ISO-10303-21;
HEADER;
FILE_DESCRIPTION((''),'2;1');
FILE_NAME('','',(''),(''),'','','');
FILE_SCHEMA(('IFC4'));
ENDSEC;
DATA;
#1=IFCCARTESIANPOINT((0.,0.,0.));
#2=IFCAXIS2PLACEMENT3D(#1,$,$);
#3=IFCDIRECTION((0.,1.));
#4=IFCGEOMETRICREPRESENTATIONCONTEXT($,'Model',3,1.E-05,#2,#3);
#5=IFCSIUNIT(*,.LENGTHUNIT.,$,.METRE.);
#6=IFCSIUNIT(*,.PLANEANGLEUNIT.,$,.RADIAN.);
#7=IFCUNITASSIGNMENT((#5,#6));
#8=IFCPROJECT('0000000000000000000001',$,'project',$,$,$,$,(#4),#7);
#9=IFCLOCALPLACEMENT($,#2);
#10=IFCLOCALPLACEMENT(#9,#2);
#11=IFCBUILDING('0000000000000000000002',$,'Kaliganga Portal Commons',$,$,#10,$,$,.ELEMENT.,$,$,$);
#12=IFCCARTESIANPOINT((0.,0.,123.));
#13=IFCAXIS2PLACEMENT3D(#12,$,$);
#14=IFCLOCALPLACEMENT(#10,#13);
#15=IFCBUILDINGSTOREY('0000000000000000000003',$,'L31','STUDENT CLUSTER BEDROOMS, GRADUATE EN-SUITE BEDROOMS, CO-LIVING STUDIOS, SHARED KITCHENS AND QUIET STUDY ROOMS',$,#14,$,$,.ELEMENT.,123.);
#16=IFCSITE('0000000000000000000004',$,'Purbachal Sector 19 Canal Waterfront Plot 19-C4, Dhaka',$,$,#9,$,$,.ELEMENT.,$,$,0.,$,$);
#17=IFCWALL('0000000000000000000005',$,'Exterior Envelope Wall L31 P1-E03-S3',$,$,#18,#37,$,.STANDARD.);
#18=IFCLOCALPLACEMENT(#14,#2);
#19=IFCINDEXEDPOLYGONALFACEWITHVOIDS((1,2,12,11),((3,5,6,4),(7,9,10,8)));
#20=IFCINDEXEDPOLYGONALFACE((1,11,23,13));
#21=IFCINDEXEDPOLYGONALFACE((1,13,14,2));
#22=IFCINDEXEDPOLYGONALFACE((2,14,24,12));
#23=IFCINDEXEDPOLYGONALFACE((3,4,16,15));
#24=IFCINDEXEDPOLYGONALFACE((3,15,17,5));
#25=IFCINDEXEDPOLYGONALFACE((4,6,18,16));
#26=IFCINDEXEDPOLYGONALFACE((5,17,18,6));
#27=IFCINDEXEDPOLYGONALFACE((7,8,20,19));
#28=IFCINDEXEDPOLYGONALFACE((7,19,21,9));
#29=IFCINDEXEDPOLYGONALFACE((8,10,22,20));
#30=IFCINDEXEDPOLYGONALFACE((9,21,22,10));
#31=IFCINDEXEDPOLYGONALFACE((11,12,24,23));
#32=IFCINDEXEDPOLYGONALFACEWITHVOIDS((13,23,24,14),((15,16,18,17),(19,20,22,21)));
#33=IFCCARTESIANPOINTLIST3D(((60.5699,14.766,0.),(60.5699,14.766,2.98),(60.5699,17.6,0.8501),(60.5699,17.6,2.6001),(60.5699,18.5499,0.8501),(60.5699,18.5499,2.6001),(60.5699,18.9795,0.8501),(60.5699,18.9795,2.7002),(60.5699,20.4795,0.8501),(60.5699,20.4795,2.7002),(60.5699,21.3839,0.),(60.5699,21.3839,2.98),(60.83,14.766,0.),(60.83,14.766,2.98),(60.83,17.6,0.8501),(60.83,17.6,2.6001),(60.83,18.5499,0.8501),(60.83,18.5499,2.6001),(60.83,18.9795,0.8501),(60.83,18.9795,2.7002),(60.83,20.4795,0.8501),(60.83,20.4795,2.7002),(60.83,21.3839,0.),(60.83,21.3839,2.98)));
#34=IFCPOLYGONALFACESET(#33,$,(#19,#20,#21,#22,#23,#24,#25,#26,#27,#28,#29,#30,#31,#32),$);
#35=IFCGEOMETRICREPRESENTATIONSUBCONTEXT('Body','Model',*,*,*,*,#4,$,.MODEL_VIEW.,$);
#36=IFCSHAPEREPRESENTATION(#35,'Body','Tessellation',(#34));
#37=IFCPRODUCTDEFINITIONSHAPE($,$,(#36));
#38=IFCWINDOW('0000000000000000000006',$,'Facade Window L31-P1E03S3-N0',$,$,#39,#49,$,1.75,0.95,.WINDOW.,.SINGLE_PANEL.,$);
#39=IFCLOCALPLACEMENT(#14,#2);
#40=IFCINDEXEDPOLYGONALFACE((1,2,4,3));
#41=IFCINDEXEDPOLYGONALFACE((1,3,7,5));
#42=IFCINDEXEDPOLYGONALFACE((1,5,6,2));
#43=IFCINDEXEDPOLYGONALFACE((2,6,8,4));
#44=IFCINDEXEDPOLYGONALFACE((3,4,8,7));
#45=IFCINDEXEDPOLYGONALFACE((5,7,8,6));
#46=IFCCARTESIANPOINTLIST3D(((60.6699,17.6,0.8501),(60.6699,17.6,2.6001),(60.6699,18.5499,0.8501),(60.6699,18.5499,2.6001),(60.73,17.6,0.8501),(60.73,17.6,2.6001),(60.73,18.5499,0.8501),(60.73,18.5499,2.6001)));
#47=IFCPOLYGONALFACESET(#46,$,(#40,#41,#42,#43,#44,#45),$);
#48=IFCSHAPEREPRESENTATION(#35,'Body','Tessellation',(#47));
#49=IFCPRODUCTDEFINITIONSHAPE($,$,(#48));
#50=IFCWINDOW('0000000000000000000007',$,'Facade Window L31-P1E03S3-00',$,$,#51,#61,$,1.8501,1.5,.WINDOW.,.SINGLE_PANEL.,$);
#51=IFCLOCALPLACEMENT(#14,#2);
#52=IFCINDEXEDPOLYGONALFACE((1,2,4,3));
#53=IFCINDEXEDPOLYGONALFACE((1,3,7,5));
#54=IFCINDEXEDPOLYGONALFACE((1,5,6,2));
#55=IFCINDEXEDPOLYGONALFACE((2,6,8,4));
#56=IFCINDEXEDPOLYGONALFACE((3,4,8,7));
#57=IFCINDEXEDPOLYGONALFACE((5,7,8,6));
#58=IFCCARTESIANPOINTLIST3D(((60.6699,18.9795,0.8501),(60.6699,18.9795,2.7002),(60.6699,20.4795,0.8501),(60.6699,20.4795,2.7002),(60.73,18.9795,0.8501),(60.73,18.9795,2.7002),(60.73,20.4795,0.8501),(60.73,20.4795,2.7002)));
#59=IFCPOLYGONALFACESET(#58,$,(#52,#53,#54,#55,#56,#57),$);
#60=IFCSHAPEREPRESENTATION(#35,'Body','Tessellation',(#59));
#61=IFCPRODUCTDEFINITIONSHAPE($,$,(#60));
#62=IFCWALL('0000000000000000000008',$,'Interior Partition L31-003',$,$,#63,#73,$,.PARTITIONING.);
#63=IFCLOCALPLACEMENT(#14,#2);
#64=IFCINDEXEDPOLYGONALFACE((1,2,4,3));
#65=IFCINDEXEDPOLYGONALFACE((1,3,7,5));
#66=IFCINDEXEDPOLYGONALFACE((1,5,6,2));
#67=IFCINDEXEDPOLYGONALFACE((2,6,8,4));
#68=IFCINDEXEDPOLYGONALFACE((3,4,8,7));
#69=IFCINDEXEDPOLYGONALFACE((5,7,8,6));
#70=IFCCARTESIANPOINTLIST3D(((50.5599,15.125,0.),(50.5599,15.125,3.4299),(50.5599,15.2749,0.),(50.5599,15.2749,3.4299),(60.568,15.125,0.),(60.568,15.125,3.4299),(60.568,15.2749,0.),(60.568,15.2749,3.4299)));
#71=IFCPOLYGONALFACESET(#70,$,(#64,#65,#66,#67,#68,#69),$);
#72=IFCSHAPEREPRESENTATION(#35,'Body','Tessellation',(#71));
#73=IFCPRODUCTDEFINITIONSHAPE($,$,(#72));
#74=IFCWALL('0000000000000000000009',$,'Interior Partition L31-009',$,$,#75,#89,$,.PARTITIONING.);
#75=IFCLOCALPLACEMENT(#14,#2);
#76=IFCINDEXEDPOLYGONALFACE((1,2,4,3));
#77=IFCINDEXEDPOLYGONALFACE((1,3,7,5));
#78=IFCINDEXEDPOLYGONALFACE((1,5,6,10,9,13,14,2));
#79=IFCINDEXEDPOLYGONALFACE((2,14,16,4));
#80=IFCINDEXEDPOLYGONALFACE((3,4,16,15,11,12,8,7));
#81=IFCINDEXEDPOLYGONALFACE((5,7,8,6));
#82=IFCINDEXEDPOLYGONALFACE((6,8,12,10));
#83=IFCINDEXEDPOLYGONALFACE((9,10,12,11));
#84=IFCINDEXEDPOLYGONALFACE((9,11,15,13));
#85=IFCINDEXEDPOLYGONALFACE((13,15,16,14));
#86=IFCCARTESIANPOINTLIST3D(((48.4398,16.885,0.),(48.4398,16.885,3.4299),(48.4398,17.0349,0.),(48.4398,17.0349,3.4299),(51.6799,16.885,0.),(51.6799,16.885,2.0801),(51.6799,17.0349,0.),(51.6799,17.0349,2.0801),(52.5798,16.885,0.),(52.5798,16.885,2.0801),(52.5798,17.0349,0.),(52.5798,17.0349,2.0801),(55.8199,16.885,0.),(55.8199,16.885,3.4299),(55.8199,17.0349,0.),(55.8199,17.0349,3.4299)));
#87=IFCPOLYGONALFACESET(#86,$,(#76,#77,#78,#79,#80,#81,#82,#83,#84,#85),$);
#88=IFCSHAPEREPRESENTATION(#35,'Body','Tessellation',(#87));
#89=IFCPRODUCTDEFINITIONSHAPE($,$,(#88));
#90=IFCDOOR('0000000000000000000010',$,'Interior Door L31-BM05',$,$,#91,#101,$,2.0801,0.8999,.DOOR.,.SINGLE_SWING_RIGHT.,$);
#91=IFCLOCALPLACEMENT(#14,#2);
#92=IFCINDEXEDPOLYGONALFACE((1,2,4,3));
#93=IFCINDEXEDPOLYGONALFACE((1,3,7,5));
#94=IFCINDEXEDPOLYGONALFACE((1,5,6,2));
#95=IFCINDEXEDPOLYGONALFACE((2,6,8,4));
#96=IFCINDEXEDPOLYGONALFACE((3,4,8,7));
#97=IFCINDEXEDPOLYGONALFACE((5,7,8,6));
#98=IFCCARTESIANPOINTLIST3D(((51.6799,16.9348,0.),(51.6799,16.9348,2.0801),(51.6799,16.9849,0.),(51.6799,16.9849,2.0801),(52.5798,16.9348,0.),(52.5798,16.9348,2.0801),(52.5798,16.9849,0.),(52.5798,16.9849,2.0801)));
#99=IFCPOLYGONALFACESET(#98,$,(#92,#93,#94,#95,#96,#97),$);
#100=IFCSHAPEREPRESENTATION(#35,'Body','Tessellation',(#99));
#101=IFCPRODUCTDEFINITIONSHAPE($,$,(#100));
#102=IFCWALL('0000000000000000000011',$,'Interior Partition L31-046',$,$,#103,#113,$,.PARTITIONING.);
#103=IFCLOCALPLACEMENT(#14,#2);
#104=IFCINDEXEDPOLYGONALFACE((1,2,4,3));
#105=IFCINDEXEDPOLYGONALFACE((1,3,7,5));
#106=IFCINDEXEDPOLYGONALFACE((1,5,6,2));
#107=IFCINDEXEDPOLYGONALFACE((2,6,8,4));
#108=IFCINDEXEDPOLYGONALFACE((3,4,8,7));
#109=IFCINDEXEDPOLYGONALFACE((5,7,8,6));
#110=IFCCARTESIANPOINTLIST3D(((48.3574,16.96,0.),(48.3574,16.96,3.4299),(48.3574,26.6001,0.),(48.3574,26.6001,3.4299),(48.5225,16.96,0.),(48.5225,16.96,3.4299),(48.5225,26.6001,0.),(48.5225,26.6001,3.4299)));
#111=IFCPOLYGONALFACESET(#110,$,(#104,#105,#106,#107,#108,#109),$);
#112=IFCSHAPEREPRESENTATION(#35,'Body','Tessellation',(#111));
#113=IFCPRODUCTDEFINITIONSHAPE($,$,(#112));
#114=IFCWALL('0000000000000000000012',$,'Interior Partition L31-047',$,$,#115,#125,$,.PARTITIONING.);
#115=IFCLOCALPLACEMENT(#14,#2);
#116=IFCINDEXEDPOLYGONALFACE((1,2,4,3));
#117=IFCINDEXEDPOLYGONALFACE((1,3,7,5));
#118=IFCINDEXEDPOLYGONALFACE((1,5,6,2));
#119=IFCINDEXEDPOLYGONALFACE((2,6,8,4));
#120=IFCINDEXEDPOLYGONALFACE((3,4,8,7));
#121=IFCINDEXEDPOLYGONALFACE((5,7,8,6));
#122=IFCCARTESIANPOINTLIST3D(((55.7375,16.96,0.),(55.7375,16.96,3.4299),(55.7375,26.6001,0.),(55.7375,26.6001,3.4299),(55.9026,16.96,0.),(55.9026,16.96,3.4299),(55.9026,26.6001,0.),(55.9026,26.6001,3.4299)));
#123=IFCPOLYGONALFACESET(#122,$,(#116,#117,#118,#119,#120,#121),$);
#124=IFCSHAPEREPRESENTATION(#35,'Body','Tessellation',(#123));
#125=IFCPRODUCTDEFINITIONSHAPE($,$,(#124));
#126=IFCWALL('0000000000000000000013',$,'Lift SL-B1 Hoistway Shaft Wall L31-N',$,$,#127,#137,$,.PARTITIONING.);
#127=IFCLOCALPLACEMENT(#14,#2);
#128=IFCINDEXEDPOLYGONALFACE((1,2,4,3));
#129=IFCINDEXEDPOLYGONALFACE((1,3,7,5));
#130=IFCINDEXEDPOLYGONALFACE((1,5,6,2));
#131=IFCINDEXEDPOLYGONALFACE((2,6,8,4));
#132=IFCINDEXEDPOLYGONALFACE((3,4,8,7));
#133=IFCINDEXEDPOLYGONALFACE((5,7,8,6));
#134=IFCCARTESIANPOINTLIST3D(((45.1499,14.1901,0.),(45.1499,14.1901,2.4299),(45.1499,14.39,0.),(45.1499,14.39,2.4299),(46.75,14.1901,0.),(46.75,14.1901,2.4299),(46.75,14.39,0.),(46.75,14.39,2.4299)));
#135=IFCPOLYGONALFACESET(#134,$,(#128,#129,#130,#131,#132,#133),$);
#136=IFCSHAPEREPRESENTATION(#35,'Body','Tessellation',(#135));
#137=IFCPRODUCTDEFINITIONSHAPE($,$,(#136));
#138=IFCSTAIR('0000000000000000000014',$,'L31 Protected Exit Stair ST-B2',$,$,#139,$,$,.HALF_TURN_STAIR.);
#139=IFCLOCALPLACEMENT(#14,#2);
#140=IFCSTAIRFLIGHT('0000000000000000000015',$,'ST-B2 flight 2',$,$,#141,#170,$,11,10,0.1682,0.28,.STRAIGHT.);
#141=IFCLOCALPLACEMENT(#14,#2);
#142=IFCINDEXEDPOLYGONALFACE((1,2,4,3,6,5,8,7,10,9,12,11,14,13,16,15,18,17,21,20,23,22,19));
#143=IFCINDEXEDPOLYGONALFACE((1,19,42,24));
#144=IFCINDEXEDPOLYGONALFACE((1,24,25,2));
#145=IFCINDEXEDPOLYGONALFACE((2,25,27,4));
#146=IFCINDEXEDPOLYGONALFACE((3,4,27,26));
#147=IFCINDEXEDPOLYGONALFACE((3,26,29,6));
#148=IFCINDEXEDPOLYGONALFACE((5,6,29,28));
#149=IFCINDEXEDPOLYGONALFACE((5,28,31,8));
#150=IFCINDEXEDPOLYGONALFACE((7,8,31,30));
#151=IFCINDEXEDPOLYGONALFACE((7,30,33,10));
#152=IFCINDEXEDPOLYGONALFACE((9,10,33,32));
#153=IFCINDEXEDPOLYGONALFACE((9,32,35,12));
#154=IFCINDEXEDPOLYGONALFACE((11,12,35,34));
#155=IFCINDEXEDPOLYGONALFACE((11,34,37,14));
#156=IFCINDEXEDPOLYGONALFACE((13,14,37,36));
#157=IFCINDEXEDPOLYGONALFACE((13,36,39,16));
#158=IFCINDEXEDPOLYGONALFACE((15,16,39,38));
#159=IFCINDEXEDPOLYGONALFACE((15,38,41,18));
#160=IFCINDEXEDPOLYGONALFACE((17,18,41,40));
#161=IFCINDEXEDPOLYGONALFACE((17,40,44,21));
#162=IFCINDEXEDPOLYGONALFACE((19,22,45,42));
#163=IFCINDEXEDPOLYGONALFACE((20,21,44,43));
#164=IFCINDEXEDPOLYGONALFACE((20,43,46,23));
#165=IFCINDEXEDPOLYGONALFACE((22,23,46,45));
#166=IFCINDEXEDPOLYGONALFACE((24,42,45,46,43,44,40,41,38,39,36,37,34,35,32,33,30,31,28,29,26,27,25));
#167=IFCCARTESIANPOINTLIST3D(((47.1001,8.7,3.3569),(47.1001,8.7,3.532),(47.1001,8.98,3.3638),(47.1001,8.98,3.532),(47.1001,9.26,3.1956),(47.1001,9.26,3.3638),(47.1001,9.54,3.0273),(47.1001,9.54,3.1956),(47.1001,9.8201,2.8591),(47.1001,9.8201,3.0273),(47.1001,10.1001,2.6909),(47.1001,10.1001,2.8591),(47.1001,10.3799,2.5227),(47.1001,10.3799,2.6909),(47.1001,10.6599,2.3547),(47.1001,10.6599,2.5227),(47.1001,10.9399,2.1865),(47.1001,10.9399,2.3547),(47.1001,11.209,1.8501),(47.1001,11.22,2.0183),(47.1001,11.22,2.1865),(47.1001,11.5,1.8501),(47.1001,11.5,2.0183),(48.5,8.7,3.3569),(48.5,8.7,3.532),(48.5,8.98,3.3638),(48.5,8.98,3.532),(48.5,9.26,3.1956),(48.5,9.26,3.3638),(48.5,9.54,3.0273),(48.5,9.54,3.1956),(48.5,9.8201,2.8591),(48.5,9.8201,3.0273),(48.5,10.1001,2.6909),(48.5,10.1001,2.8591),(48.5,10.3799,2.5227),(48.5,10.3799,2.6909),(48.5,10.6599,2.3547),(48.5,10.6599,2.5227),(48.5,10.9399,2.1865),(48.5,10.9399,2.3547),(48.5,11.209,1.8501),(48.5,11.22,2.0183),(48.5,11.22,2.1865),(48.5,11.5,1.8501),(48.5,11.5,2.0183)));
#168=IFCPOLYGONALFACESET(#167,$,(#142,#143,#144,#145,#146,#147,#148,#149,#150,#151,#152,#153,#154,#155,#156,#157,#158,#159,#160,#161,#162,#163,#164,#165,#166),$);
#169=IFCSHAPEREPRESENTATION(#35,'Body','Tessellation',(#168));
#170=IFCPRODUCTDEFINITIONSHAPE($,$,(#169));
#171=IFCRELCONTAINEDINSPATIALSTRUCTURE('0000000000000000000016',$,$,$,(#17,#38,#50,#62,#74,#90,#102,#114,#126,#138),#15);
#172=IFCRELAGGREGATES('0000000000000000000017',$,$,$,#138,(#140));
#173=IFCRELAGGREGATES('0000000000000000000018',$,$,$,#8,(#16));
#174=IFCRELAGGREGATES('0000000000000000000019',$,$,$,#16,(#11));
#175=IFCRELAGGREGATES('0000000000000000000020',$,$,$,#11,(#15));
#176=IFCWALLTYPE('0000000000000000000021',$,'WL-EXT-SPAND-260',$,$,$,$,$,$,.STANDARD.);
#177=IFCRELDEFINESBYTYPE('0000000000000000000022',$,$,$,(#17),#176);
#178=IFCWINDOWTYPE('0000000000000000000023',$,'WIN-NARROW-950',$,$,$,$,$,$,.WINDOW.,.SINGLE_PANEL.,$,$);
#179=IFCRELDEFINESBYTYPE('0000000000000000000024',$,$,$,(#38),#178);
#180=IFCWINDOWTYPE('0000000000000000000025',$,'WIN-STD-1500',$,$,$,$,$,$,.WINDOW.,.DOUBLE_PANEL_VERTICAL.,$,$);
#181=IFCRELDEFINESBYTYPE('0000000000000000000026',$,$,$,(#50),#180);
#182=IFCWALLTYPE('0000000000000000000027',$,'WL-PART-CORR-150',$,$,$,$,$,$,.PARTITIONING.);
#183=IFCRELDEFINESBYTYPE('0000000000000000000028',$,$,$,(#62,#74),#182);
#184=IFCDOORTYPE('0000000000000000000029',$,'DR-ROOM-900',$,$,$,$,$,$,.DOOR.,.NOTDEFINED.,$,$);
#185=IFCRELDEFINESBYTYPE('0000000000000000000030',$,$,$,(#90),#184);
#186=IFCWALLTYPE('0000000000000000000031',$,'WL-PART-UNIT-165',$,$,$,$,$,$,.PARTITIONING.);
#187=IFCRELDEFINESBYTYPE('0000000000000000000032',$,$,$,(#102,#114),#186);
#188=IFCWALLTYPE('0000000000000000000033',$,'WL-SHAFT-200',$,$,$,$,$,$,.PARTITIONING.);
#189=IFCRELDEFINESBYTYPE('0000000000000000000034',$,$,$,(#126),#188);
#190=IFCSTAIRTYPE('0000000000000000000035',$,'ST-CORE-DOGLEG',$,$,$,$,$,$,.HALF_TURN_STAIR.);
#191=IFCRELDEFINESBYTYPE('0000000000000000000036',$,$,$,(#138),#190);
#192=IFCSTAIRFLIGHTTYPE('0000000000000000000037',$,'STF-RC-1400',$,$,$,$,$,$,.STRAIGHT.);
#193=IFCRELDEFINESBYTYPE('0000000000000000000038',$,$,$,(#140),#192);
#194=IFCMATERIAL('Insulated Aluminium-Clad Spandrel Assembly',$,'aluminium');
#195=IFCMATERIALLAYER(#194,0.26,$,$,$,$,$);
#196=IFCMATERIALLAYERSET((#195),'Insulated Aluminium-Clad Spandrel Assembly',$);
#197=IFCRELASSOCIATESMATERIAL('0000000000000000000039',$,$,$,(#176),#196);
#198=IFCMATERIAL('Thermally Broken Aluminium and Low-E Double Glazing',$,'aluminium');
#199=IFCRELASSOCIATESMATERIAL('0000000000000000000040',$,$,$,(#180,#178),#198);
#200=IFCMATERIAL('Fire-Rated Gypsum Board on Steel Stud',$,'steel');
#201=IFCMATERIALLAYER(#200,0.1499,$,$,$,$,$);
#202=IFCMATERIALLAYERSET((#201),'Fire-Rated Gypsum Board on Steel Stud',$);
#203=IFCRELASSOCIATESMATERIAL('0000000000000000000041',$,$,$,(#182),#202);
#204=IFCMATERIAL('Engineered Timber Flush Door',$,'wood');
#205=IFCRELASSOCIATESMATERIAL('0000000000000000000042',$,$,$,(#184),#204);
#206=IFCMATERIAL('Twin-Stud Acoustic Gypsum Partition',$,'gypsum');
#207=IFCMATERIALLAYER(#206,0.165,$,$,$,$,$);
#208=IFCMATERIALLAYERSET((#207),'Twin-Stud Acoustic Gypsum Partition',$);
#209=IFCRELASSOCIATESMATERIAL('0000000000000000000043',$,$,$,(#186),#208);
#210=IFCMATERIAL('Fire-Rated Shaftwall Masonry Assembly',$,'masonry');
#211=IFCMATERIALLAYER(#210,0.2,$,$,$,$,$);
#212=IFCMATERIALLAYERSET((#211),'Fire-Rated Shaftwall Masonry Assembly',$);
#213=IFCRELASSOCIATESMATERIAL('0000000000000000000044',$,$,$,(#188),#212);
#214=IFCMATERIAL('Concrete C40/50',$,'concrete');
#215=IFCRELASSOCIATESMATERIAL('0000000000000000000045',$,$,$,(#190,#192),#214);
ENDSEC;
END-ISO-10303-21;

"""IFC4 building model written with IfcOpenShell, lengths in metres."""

from ifc_helpers import new_model, si_unit, direction, frame, frame_2d, origin, place, context, subcontext, project, spatial, polyline, rectangle, outline, extrude, material, layer, layer_set, type_object, element, fill, aggregate, save


model = new_model("IFC4")

# Units and contexts
model_context = context("Model", 3, precision=1e-05, world=origin(), true_north=direction((0.0, 1.0)))
body_context = subcontext(model_context, "Body", "Model", "MODEL_VIEW")
ifc_project = project(units=[si_unit("LENGTHUNIT", "METRE"), si_unit("PLANEANGLEUNIT", "RADIAN")], contexts=[model_context])

# Site, building, storey
site_placement = place(None, origin())
site = spatial("IfcSite", under=ifc_project, at=site_placement, Name="Purbachal Sector 19 Canal Waterfront Plot 19-C4, Dhaka", CompositionType="ELEMENT", RefElevation=0.0)
building_placement = place(site_placement, origin())
building = spatial("IfcBuilding", under=site, at=building_placement, Name="Kaliganga Portal Commons", CompositionType="ELEMENT")
storey_placement = place(building_placement, frame((0.0, 0.0, 123.0)))
storey = spatial("IfcBuildingStorey", under=building, at=storey_placement, Name="L31", Description="STUDENT CLUSTER BEDROOMS, GRADUATE EN-SUITE BEDROOMS, CO-LIVING STUDIOS, SHARED KITCHENS AND QUIET STUDY ROOMS", CompositionType="ELEMENT", Elevation=123.0)

# Shared definitions
ifc_material_1 = material(Name="Insulated Aluminium-Clad Spandrel Assembly", Category="aluminium")
ifc_layer_1 = layer(ifc_material_1, 0.26)
ifc_layer_set_1 = layer_set([ifc_layer_1], Name="Insulated Aluminium-Clad Spandrel Assembly")
wall_type_1 = type_object("IfcWallType", Name="WL-EXT-SPAND-260", PredefinedType="STANDARD", material=ifc_layer_set_1)
ifc_material_2 = material(Name="Thermally Broken Aluminium and Low-E Double Glazing", Category="aluminium")
window_type_1 = type_object("IfcWindowType", Name="WIN-STD-1500", PartitioningType="DOUBLE_PANEL_VERTICAL", PredefinedType="WINDOW", material=ifc_material_2)

# Wall, openings, windows
wall_1_placement = place(storey_placement, frame((60.7, 21.384, 0.0), z_axis=(0.0, 0.0, 1.0), x_axis=(0.0, -1.0, 0.0)))
wall_1 = element("IfcWall", 1, at=wall_1_placement, inside=storey, type_object=wall_type_1, Name="Exterior Envelope Wall L31 P1-E03-S3", PredefinedType="STANDARD", context=body_context, shape_type="SweptSolid", body=[
    extrude(rectangle(XDim=6.6179, YDim=0.26, at=frame_2d((3.3091, 0.0))), origin(), (0.0, 0.0, 1.0), 2.98),
])
opening_1_placement = place(wall_1_placement, frame((0.9045, 0.0, 0.8501)))
opening_1 = element("IfcOpeningElement", 2, at=opening_1_placement, cuts=wall_1, PredefinedType="OPENING", context=body_context, shape_type="SweptSolid", body=[
    extrude(rectangle(XDim=1.5, YDim=1.8501, at=frame_2d((0.75, 0.925))), frame((0.0, 0.1401, 0.0), z_axis=(0.0, -1.0, 0.0), x_axis=(1.0, 0.0, 0.0)), (0.0, 0.0, 1.0), 0.28),
])
opening_2_placement = place(wall_1_placement, frame((2.834, 0.0, 0.8501)))
opening_2 = element("IfcOpeningElement", 3, at=opening_2_placement, cuts=wall_1, PredefinedType="OPENING", context=body_context, shape_type="SweptSolid", body=[
    extrude(rectangle(XDim=0.95, YDim=1.75, at=frame_2d((0.4751, 0.875))), frame((0.0, 0.1401, 0.0), z_axis=(0.0, -1.0, 0.0), x_axis=(1.0, 0.0, 0.0)), (0.0, 0.0, 1.0), 0.28),
])
window_type_2 = type_object("IfcWindowType", Name="WIN-NARROW-950", PartitioningType="SINGLE_PANEL", PredefinedType="WINDOW", material=ifc_material_2)
window_1_placement = place(opening_2_placement, origin())
window_1 = element("IfcWindow", 4, at=window_1_placement, inside=storey, type_object=window_type_2, Name="Facade Window L31-P1E03S3-N0", OverallHeight=1.75, OverallWidth=0.95, PartitioningType="SINGLE_PANEL", PredefinedType="WINDOW", context=body_context, shape_type="SweptSolid", body=[
    extrude(rectangle(XDim=0.95, YDim=1.75, at=frame_2d((0.4751, 0.875))), frame((0.0, 0.03, 0.0), z_axis=(0.0, -1.0, 0.0), x_axis=(1.0, 0.0, 0.0)), (0.0, 0.0, 1.0), 0.0601),
])
fill(opening_2, window_1)
window_2_placement = place(opening_1_placement, origin())
window_2 = element("IfcWindow", 5, at=window_2_placement, inside=storey, type_object=window_type_1, Name="Facade Window L31-P1E03S3-00", OverallHeight=1.8501, OverallWidth=1.5, PartitioningType="SINGLE_PANEL", PredefinedType="WINDOW", context=body_context, shape_type="SweptSolid", body=[
    extrude(rectangle(XDim=1.5, YDim=1.8501, at=frame_2d((0.75, 0.925))), frame((0.0, 0.03, 0.0), z_axis=(0.0, -1.0, 0.0), x_axis=(1.0, 0.0, 0.0)), (0.0, 0.0, 1.0), 0.0601),
])
fill(opening_1, window_2)

# Wall
ifc_material_3 = material(Name="Fire-Rated Gypsum Board on Steel Stud", Category="steel")
ifc_layer_2 = layer(ifc_material_3, 0.1499)
ifc_layer_set_2 = layer_set([ifc_layer_2], Name="Fire-Rated Gypsum Board on Steel Stud")
wall_type_2 = type_object("IfcWallType", Name="WL-PART-CORR-150", PredefinedType="PARTITIONING", material=ifc_layer_set_2)
wall_2_placement = place(storey_placement, frame((50.5601, 15.2, 0.0), z_axis=(0.0, 0.0, 1.0), x_axis=(1.0, 0.0, 0.0)))
element("IfcWall", 6, at=wall_2_placement, inside=storey, type_object=wall_type_2, Name="Interior Partition L31-003", PredefinedType="PARTITIONING", context=body_context, shape_type="SweptSolid", body=[
    extrude(rectangle(XDim=10.0081, YDim=0.1499, at=frame_2d((5.0039, 0.0))), origin(), (0.0, 0.0, 1.0), 3.4299),
])

# Wall, opening, door
wall_3_placement = place(storey_placement, frame((48.4399, 16.96, 0.0), z_axis=(0.0, 0.0, 1.0), x_axis=(1.0, 0.0, 0.0)))
wall_3 = element("IfcWall", 7, at=wall_3_placement, inside=storey, type_object=wall_type_2, Name="Interior Partition L31-009", PredefinedType="PARTITIONING", context=body_context, shape_type="SweptSolid", body=[
    extrude(rectangle(XDim=7.3801, YDim=0.1499, at=frame_2d((3.6899, 0.0))), origin(), (0.0, 0.0, 1.0), 3.4299),
])
opening_3_placement = place(wall_3_placement, frame((3.24, 0.0, 0.0)))
opening_3 = element("IfcOpeningElement", 8, at=opening_3_placement, cuts=wall_3, PredefinedType="OPENING", context=body_context, shape_type="SweptSolid", body=[
    extrude(rectangle(XDim=0.8999, YDim=2.0801, at=frame_2d((0.45, 1.04))), frame((0.0, 0.085, 0.0), z_axis=(0.0, -1.0, 0.0), x_axis=(1.0, 0.0, 0.0)), (0.0, 0.0, 1.0), 0.1699),
])
ifc_material_4 = material(Name="Engineered Timber Flush Door", Category="wood")
door_type_1 = type_object("IfcDoorType", Name="DR-ROOM-900", OperationType="NOTDEFINED", PredefinedType="DOOR", material=ifc_material_4)
door_1_placement = place(opening_3_placement, origin())
door_1 = element("IfcDoor", 9, at=door_1_placement, inside=storey, type_object=door_type_1, Name="Interior Door L31-BM05", OperationType="SINGLE_SWING_RIGHT", OverallHeight=2.0801, OverallWidth=0.8999, PredefinedType="DOOR", context=body_context, shape_type="SweptSolid", body=[
    extrude(rectangle(XDim=0.8999, YDim=2.0801, at=frame_2d((0.45, 1.04))), frame((0.0, 0.0249, 0.0), z_axis=(0.0, -1.0, 0.0), x_axis=(1.0, 0.0, 0.0)), (0.0, 0.0, 1.0), 0.05),
])
fill(opening_3, door_1)

# Walls
ifc_material_5 = material(Name="Twin-Stud Acoustic Gypsum Partition", Category="gypsum")
ifc_layer_3 = layer(ifc_material_5, 0.165)
ifc_layer_set_3 = layer_set([ifc_layer_3], Name="Twin-Stud Acoustic Gypsum Partition")
wall_type_3 = type_object("IfcWallType", Name="WL-PART-UNIT-165", PredefinedType="PARTITIONING", material=ifc_layer_set_3)
for number, where, z_axis, x_axis, name in (
    (10, (48.4399, 16.96, 0.0), (0.0, 0.0, 1.0), (0.0, 1.0, 0.0), "Interior Partition L31-046"),
    (11, (55.8201, 16.96, 0.0), (0.0, 0.0, 1.0), (0.0, 1.0, 0.0), "Interior Partition L31-047"),
):
    element("IfcWall", number, at=place(storey_placement, frame(where, z_axis=z_axis, x_axis=x_axis)), inside=storey, type_object=wall_type_3, Name=name, PredefinedType="PARTITIONING", context=body_context, shape_type="SweptSolid", body=[
        extrude(rectangle(XDim=9.6401, YDim=0.165, at=frame_2d((4.8201, 0.0))), origin(), (0.0, 0.0, 1.0), 3.4299),
    ])
ifc_material_6 = material(Name="Fire-Rated Shaftwall Masonry Assembly", Category="masonry")
ifc_layer_4 = layer(ifc_material_6, 0.2)
ifc_layer_set_4 = layer_set([ifc_layer_4], Name="Fire-Rated Shaftwall Masonry Assembly")
wall_type_4 = type_object("IfcWallType", Name="WL-SHAFT-200", PredefinedType="PARTITIONING", material=ifc_layer_set_4)
wall_4_placement = place(storey_placement, frame((45.1499, 14.29, 0.0), z_axis=(0.0, 0.0, 1.0), x_axis=(1.0, 0.0, 0.0)))
element("IfcWall", 12, at=wall_4_placement, inside=storey, type_object=wall_type_4, Name="Lift SL-B1 Hoistway Shaft Wall L31-N", PredefinedType="PARTITIONING", context=body_context, shape_type="SweptSolid", body=[
    extrude(rectangle(XDim=1.6001, YDim=0.2, at=frame_2d((0.8, 0.0))), origin(), (0.0, 0.0, 1.0), 2.4299),
])

# Stair, stair flight
ifc_material_7 = material(Name="Concrete C40/50", Category="concrete")
stair_type = type_object("IfcStairType", Name="ST-CORE-DOGLEG", PredefinedType="HALF_TURN_STAIR", material=ifc_material_7)
stair_placement = place(storey_placement, origin())
stair = element("IfcStair", 13, at=stair_placement, inside=storey, type_object=stair_type, Name="L31 Protected Exit Stair ST-B2", PredefinedType="HALF_TURN_STAIR")
stair_flight_type = type_object("IfcStairFlightType", Name="STF-RC-1400", PredefinedType="STRAIGHT", material=ifc_material_7)
stair_flight_placement = place(storey_placement, frame((47.8, 11.5, 1.8501), z_axis=(0.0, 0.0, 1.0), x_axis=(0.0, -1.0, 0.0)))
stair_flight = element("IfcStairFlight", 14, at=stair_flight_placement, type_object=stair_flight_type, Name="ST-B2 flight 2", NumberOfRisers=11, NumberOfTreads=10, PredefinedType="STRAIGHT", RiserHeight=0.1682, TreadLength=0.28, context=body_context, shape_type="SweptSolid", body=[
    extrude(outline(polyline([(0.0, 0.0), (0.0, 0.1682), (0.28, 0.1682), (0.28, 0.3364), (0.5601, 0.3364), (0.5601, 0.5046), (0.8401, 0.5046), (0.8401, 0.6726), (1.1201, 0.6726), (1.1201, 0.8408), (1.3999, 0.8408), (1.3999, 1.009), (1.6799, 1.009), (1.6799, 1.1772), (1.96, 1.1772), (1.96, 1.3455), (2.24, 1.3455), (2.24, 1.5137), (2.52, 1.5137), (2.52, 1.6819), (2.8, 1.6819), (2.8, 1.8501), (2.8, 1.5068), (0.291, 0.0), (0.0, 0.0)])), frame((0.0, 0.7, 0.0), z_axis=(0.0, -1.0, 0.0), x_axis=(1.0, 0.0, 0.0)), (0.0, 0.0, 1.0), 1.3999),
])
aggregate(stair, [stair_flight])

save(model, "model.ifc")
